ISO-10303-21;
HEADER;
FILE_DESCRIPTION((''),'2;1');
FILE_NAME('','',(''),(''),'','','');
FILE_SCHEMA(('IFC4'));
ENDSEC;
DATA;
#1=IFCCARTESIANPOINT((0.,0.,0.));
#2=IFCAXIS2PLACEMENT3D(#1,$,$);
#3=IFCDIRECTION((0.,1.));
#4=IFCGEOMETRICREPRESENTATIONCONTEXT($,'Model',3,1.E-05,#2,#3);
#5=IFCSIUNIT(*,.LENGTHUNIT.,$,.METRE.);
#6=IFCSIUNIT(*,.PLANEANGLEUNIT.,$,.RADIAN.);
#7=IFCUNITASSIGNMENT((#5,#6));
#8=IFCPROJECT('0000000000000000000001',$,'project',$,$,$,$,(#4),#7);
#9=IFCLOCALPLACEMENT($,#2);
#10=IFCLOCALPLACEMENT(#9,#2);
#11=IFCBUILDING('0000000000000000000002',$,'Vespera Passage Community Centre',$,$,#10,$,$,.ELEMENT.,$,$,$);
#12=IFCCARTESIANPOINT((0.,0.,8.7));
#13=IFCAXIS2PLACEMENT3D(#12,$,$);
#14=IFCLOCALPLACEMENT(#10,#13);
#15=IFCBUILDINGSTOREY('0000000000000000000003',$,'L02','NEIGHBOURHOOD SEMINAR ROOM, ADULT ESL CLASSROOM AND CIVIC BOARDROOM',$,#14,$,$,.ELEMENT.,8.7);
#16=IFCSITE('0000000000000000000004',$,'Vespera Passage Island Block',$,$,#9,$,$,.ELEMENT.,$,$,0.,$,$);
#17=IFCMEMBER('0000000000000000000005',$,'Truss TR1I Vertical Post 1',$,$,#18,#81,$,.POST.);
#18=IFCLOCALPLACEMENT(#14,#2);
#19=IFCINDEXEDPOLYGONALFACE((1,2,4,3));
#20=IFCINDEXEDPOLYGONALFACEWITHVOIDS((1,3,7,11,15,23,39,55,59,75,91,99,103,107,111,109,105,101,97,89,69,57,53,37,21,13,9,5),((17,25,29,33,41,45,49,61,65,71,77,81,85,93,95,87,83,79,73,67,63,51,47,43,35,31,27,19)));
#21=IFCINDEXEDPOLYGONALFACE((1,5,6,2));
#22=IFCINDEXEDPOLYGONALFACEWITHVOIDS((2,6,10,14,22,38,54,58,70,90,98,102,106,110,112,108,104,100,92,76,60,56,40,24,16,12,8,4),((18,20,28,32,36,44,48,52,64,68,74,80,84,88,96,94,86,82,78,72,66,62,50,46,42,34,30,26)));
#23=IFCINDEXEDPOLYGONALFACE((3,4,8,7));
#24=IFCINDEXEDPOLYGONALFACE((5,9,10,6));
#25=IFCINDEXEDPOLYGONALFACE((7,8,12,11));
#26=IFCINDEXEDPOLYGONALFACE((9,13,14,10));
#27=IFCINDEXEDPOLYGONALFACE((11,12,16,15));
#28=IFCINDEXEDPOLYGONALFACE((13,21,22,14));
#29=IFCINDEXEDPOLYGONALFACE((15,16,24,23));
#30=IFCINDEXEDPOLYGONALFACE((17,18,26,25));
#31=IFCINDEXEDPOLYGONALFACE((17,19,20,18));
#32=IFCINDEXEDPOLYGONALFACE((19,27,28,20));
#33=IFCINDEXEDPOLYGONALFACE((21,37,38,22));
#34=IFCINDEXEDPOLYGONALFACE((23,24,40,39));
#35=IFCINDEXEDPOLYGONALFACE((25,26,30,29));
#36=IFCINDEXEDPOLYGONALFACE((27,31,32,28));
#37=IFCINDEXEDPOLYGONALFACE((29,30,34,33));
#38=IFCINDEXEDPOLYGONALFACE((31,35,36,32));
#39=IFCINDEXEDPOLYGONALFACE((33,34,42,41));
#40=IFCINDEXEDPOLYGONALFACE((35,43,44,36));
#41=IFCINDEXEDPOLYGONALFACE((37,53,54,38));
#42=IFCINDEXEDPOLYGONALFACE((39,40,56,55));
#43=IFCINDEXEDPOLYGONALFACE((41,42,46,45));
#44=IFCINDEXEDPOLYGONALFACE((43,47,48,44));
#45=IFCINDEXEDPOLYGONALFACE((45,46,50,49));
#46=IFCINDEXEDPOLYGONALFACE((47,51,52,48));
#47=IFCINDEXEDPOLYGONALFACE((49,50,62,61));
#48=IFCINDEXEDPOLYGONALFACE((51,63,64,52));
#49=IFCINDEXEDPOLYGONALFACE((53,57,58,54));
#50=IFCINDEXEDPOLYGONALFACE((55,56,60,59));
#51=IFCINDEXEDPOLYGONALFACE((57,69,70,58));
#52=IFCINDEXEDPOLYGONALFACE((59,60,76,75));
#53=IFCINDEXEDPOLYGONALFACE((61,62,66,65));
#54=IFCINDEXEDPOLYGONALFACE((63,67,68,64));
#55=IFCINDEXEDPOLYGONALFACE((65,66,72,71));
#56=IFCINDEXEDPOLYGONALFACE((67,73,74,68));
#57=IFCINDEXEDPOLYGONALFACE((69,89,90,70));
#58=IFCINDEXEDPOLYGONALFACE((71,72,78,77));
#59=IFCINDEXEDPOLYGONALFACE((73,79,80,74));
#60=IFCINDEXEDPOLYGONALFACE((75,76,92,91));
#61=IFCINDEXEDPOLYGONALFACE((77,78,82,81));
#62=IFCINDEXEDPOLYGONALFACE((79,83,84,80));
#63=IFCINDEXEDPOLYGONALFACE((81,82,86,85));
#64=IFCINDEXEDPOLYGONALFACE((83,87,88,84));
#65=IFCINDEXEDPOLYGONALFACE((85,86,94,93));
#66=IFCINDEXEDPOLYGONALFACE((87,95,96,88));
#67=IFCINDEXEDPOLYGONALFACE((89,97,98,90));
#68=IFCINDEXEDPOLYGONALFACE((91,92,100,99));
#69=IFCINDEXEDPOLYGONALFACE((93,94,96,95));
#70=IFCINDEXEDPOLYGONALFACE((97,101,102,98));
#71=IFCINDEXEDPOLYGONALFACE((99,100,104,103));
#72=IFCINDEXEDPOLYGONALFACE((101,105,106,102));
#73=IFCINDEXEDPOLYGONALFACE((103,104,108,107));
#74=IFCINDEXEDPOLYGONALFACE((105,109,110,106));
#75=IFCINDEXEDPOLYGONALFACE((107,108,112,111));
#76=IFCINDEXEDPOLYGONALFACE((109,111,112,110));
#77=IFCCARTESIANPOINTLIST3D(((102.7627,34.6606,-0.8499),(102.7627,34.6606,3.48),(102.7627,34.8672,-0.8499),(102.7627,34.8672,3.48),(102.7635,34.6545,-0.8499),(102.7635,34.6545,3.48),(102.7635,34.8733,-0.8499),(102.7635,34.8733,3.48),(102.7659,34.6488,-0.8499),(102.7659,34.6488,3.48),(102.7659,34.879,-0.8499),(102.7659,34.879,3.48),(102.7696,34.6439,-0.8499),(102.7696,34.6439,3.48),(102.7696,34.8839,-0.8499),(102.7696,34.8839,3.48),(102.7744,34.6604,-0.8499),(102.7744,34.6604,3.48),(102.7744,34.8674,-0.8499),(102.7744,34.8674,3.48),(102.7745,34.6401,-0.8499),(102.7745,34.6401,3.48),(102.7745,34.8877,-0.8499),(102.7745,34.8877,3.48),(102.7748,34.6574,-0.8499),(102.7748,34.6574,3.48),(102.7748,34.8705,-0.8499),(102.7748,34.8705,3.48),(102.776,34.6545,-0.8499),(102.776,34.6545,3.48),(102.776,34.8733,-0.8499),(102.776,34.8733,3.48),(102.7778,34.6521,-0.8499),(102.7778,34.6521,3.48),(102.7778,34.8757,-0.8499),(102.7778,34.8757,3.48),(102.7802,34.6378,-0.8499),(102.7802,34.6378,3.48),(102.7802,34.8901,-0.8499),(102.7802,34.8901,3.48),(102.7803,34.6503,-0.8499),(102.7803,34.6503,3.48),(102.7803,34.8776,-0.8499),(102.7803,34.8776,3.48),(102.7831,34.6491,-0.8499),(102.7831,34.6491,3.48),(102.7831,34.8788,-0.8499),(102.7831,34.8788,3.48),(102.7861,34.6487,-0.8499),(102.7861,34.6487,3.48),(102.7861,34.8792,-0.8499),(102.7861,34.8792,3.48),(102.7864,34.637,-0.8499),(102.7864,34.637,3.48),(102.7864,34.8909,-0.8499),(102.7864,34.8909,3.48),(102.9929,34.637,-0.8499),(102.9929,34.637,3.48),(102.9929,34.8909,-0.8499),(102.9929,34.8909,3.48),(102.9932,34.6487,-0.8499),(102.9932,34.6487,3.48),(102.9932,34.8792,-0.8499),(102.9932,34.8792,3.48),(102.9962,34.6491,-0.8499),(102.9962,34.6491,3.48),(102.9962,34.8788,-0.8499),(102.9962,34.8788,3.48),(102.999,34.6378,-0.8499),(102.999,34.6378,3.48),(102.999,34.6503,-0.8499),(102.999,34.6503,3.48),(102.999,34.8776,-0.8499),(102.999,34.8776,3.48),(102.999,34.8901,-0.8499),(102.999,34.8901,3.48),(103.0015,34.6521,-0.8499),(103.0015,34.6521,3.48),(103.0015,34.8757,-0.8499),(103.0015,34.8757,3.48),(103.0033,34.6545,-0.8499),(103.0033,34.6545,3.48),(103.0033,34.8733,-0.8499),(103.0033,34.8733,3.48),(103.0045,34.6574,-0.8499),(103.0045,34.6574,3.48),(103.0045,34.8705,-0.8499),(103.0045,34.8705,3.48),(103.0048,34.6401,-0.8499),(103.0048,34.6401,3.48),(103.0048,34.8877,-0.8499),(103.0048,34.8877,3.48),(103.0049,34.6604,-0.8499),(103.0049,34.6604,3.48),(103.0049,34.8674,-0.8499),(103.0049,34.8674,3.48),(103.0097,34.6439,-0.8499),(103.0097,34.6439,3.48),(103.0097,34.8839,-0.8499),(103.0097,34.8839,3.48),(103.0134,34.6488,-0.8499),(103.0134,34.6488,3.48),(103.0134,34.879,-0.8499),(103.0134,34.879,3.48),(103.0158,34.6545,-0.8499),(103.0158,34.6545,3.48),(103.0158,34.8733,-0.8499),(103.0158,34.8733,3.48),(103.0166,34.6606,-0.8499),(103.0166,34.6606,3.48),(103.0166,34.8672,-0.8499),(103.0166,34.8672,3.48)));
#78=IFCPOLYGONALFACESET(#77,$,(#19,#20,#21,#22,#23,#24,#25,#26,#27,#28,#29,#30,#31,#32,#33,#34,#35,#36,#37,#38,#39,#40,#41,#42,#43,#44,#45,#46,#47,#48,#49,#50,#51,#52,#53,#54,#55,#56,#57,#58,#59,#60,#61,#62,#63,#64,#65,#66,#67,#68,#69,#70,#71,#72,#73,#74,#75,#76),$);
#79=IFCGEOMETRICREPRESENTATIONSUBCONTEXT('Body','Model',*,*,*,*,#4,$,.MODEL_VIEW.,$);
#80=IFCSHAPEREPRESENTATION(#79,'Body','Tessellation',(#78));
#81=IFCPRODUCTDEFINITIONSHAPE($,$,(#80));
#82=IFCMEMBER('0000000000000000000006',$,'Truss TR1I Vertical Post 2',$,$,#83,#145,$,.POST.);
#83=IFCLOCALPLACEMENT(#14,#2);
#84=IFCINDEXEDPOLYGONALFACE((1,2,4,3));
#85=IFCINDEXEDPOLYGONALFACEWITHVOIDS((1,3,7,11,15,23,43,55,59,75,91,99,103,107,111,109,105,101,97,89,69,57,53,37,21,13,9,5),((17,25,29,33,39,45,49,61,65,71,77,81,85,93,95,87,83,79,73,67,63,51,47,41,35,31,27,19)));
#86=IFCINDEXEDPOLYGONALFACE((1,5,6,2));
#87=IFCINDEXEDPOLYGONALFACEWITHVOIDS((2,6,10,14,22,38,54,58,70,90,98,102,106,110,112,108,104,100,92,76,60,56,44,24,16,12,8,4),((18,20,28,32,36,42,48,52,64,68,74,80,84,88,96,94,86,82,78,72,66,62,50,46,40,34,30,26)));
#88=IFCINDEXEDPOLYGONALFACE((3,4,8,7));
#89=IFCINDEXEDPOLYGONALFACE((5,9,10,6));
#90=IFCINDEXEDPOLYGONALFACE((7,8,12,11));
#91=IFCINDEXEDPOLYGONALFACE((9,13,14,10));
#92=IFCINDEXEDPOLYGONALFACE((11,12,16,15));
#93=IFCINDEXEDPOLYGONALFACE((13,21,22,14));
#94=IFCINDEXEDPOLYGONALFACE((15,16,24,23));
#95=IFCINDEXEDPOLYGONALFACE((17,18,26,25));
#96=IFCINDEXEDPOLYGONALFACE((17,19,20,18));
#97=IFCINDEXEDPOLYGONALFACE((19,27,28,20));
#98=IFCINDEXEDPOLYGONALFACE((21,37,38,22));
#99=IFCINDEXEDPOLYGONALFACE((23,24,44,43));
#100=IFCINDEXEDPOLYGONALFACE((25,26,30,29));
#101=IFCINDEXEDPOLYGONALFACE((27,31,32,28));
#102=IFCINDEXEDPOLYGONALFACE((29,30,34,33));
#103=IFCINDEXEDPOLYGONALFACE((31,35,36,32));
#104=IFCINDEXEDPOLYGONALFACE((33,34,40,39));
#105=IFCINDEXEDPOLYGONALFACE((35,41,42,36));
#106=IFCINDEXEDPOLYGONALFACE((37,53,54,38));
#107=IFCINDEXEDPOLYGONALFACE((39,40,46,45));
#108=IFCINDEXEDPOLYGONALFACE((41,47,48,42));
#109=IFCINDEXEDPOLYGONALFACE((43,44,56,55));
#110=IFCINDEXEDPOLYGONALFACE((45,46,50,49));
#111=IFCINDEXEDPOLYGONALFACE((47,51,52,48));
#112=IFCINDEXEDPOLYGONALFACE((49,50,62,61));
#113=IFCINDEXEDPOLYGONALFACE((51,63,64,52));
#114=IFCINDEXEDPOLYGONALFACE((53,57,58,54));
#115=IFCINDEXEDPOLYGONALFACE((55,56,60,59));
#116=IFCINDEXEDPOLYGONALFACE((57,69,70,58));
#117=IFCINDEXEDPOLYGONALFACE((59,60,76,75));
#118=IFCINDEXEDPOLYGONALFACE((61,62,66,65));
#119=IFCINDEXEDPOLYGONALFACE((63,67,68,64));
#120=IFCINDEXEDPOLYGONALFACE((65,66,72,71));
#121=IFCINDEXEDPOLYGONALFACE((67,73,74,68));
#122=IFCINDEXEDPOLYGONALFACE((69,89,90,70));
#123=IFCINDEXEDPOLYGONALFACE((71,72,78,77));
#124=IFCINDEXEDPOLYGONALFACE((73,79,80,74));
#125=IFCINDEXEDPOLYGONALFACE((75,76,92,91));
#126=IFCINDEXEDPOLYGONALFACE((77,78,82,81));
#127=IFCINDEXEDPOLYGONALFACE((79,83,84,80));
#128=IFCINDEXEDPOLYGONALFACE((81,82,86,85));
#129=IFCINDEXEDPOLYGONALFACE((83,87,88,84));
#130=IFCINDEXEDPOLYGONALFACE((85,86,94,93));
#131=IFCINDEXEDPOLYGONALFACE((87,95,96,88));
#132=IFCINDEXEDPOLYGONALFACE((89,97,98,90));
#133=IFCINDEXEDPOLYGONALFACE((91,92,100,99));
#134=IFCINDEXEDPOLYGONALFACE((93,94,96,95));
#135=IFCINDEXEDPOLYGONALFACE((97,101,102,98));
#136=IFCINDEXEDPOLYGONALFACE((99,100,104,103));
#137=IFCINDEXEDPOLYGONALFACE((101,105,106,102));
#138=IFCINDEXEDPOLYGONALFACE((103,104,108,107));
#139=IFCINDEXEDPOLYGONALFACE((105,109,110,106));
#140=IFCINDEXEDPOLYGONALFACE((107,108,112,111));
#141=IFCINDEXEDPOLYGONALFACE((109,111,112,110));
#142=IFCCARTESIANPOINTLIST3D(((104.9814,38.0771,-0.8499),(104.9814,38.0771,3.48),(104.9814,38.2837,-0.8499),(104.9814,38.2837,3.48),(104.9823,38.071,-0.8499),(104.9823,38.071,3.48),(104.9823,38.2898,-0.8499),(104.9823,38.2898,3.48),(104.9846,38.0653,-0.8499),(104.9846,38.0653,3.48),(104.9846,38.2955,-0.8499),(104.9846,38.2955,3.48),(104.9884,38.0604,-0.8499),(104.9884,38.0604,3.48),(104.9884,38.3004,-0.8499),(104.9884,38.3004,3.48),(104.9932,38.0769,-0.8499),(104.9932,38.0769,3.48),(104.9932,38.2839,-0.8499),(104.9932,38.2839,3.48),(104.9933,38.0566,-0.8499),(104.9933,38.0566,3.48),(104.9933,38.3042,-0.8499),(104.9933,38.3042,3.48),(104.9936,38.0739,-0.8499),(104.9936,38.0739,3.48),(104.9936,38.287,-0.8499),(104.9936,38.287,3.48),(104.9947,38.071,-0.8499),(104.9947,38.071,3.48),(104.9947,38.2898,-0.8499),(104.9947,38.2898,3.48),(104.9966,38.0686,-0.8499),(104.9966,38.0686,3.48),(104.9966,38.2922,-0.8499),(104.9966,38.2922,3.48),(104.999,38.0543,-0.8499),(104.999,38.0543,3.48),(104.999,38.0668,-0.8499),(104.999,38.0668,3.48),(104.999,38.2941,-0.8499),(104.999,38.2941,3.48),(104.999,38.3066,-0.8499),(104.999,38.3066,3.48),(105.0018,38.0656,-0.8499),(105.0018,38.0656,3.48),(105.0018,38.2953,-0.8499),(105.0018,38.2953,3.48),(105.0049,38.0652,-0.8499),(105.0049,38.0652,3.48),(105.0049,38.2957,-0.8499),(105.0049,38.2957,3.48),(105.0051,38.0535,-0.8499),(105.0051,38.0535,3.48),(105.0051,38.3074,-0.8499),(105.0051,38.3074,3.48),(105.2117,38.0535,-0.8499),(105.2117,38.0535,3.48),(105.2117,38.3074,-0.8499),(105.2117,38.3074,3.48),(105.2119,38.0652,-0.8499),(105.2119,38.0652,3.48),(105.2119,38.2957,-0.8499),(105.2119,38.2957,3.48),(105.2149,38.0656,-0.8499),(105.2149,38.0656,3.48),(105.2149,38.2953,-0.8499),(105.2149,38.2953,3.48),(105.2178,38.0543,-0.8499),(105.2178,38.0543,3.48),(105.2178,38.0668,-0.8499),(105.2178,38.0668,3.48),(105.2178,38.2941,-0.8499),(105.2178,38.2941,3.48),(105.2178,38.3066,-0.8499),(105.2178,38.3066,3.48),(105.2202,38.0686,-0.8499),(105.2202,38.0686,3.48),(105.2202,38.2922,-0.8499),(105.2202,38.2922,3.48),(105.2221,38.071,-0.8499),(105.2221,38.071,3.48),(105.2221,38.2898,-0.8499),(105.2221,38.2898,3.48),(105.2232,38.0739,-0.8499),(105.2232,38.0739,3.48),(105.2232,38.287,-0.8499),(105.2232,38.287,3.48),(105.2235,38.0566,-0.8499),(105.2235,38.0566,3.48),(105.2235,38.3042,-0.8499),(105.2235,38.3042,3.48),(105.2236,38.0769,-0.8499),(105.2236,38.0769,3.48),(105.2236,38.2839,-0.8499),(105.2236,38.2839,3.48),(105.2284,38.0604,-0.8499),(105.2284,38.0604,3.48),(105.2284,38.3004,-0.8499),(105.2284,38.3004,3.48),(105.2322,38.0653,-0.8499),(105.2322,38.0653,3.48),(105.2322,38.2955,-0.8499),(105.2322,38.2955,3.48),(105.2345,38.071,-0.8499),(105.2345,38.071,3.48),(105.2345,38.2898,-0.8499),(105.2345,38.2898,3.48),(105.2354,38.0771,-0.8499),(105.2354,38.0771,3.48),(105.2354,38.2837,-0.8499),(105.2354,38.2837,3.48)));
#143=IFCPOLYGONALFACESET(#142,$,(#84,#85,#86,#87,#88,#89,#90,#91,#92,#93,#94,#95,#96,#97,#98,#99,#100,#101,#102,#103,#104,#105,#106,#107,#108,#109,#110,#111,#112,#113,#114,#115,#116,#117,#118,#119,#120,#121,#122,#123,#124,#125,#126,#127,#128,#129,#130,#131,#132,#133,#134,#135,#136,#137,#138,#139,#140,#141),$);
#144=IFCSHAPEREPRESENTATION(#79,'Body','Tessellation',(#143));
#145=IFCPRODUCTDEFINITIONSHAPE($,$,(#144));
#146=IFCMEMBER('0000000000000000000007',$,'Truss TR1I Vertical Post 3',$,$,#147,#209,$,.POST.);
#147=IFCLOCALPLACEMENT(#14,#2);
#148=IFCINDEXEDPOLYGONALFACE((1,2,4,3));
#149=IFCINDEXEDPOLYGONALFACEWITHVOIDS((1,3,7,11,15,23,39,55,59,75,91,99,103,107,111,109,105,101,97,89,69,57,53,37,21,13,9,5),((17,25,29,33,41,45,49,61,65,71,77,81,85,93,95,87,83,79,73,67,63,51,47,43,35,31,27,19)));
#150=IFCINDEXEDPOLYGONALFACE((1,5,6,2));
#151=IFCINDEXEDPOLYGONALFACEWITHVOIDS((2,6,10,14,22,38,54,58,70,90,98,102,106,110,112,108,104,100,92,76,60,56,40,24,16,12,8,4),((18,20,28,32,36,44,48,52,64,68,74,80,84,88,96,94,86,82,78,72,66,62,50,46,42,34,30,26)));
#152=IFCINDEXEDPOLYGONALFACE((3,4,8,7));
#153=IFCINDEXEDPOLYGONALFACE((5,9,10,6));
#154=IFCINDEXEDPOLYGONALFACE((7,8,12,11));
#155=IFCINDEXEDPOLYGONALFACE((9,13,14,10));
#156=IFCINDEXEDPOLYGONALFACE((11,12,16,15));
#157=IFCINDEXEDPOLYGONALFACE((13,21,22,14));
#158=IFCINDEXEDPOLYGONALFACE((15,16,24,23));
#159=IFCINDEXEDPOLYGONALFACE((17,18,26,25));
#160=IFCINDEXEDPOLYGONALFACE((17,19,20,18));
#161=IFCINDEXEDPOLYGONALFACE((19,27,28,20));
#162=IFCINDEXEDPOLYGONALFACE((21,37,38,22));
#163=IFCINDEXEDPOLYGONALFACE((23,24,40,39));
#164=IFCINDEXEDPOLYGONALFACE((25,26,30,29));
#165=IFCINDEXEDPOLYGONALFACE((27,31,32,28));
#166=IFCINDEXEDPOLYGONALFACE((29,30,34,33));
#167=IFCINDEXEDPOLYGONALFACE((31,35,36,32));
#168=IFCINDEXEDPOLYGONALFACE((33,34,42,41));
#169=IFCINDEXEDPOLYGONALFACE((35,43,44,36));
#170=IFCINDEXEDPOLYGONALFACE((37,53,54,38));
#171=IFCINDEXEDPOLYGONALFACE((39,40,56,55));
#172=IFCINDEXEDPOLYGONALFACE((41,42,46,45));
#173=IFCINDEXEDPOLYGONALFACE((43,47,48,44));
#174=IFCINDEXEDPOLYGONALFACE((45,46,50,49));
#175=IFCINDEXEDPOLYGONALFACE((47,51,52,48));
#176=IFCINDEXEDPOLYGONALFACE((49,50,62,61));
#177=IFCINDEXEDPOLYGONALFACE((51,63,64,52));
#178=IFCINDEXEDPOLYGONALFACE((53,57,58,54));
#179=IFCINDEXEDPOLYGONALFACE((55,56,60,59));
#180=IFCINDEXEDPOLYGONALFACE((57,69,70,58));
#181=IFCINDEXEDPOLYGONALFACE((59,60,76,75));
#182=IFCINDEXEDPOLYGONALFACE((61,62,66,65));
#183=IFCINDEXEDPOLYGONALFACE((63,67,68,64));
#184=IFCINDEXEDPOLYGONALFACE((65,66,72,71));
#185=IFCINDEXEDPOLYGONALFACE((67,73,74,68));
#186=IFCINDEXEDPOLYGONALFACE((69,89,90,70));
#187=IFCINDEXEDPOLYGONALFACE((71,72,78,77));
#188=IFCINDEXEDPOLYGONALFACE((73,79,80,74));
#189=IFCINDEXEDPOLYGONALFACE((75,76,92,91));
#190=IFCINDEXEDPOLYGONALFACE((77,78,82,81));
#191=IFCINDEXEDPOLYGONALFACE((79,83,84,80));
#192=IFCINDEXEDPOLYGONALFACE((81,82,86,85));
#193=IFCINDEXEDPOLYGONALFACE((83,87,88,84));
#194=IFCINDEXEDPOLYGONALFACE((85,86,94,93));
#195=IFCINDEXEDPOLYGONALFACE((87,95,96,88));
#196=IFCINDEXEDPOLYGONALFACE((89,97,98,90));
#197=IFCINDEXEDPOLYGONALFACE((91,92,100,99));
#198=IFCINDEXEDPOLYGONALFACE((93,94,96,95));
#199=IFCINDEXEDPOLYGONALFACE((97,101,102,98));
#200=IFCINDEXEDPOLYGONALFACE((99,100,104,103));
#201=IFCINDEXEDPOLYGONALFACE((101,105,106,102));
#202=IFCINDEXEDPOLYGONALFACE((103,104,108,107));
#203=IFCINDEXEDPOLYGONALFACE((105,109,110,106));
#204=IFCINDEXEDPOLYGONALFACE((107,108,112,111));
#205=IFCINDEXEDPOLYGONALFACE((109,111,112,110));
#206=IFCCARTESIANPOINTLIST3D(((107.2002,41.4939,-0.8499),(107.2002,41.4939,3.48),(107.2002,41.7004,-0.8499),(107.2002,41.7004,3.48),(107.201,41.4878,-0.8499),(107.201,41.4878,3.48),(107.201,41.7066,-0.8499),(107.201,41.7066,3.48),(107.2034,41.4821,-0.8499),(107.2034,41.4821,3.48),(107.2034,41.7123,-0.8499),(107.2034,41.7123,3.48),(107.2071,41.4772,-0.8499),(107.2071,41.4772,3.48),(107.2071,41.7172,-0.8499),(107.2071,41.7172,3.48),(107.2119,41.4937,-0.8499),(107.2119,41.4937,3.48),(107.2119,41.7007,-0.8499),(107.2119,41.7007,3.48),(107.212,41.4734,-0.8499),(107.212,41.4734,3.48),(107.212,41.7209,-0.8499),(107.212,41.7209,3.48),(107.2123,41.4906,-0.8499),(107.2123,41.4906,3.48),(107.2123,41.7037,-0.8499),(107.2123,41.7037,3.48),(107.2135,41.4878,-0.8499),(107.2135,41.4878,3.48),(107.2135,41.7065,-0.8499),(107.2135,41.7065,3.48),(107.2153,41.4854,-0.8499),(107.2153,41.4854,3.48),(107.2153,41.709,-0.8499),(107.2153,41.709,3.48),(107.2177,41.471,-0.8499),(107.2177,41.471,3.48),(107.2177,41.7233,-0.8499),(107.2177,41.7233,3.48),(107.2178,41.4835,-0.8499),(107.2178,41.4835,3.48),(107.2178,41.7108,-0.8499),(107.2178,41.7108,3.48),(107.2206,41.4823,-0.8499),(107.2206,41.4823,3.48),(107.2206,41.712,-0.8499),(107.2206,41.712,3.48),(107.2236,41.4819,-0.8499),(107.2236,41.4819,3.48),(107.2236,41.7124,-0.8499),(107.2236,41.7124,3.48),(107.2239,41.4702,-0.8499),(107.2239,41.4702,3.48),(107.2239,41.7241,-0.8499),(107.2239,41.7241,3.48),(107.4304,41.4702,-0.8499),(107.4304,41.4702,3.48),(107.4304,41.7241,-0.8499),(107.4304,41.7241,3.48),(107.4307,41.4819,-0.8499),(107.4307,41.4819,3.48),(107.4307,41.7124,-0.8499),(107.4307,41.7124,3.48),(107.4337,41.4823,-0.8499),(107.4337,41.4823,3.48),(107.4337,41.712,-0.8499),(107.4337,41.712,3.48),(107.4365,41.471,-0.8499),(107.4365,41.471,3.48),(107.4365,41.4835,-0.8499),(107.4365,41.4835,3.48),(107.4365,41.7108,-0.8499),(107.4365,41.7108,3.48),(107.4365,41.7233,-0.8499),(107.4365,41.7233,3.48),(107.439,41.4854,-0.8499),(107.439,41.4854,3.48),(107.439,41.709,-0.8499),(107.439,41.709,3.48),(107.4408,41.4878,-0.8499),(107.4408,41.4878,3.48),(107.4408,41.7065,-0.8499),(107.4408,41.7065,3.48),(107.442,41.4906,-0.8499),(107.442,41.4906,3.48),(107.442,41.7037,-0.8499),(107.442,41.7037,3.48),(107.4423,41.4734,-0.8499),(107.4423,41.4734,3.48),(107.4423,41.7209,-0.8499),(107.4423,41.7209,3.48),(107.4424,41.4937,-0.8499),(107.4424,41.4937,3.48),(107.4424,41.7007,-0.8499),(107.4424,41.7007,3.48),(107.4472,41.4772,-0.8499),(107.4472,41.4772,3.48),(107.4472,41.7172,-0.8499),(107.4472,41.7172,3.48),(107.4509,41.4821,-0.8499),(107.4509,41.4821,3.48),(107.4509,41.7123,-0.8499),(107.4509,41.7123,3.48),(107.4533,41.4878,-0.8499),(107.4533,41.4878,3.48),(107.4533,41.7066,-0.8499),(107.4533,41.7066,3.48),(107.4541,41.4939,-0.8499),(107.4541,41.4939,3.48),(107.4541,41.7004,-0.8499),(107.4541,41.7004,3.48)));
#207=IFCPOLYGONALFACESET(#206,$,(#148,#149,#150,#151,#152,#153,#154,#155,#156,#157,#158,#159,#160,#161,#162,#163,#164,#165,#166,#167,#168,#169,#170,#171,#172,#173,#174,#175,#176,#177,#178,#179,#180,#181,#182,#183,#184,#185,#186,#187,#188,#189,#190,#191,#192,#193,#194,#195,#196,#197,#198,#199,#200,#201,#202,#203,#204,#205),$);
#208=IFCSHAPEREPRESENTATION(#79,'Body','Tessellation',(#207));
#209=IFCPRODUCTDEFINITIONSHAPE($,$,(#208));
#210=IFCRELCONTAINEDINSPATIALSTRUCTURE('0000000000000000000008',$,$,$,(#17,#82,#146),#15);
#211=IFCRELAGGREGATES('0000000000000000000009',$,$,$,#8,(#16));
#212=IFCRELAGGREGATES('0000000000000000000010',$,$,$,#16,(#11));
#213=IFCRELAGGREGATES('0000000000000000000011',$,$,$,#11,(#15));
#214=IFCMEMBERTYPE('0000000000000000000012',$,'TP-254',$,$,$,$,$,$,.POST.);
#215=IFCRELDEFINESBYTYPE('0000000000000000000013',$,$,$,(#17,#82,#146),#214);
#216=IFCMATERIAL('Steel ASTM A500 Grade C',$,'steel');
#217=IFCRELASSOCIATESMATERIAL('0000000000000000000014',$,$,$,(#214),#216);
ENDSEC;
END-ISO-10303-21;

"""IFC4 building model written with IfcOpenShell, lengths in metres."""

from ifc_helpers import new_model, si_unit, direction, frame, origin, origin_2d, place, context, subcontext, project, spatial, hollow_rectangle, extrude, material, material_profile, profile_set, type_object, element, save


model = new_model("IFC4")

# Units and contexts
model_context = context("Model", 3, precision=1e-05, world=origin(), true_north=direction((0.0, 1.0)))
body_context = subcontext(model_context, "Body", "Model", "MODEL_VIEW")
ifc_project = project(units=[si_unit("LENGTHUNIT", "METRE"), si_unit("PLANEANGLEUNIT", "RADIAN")], contexts=[model_context])

# Site, building, storey
site_placement = place(None, origin())
site = spatial("IfcSite", under=ifc_project, at=site_placement, Name="Vespera Passage Island Block", CompositionType="ELEMENT", RefElevation=0.0)
building_placement = place(site_placement, origin())
building = spatial("IfcBuilding", under=site, at=building_placement, Name="Vespera Passage Community Centre", CompositionType="ELEMENT")
storey_placement = place(building_placement, frame((0.0, 0.0, 8.7)))
storey = spatial("IfcBuildingStorey", under=building, at=storey_placement, Name="L02", Description="NEIGHBOURHOOD SEMINAR ROOM, ADULT ESL CLASSROOM AND CIVIC BOARDROOM", CompositionType="ELEMENT", Elevation=8.7)

# Members
ifc_material_1 = material(Name="Steel ASTM A500 Grade C", Category="steel")
ifc_material_profile_1 = material_profile(ifc_material_1, hollow_rectangle(XDim=0.2539, YDim=0.2539, WallThickness=0.0117, InnerFilletRadius=0.0117, OuterFilletRadius=0.0237, at=origin_2d()), Name="HSS254X254X12.7")
ifc_profile_set_1 = profile_set([ifc_material_profile_1], Name="Steel ASTM A500 Grade C")
member_type_1 = type_object("IfcMemberType", Name="TP-254", PredefinedType="POST", material=ifc_profile_set_1)
for number, where, z_axis, x_axis, name in (
    (1, (102.8896, 34.7639, -0.8499), (0.0, 0.0, 1.0), (1.0, 0.0, 0.0), "Truss TR1I Vertical Post 1"),
    (2, (105.1084, 38.1804, -0.8499), (0.0, 0.0, 1.0), (1.0, 0.0, 0.0), "Truss TR1I Vertical Post 2"),
    (3, (107.3271, 41.5972, -0.8499), (0.0, 0.0, 1.0), (1.0, 0.0, 0.0), "Truss TR1I Vertical Post 3"),
):
    element("IfcMember", number, at=place(storey_placement, frame(where, z_axis=z_axis, x_axis=x_axis)), inside=storey, type_object=member_type_1, Name=name, PredefinedType="POST", context=body_context, shape_type="SweptSolid", body=[
        extrude(hollow_rectangle(XDim=0.2539, YDim=0.2539, WallThickness=0.0117, InnerFilletRadius=0.0117, OuterFilletRadius=0.0237, at=origin_2d()), origin(), (0.0, 0.0, 1.0), 4.3298),
    ])

save(model, "model.ifc")
